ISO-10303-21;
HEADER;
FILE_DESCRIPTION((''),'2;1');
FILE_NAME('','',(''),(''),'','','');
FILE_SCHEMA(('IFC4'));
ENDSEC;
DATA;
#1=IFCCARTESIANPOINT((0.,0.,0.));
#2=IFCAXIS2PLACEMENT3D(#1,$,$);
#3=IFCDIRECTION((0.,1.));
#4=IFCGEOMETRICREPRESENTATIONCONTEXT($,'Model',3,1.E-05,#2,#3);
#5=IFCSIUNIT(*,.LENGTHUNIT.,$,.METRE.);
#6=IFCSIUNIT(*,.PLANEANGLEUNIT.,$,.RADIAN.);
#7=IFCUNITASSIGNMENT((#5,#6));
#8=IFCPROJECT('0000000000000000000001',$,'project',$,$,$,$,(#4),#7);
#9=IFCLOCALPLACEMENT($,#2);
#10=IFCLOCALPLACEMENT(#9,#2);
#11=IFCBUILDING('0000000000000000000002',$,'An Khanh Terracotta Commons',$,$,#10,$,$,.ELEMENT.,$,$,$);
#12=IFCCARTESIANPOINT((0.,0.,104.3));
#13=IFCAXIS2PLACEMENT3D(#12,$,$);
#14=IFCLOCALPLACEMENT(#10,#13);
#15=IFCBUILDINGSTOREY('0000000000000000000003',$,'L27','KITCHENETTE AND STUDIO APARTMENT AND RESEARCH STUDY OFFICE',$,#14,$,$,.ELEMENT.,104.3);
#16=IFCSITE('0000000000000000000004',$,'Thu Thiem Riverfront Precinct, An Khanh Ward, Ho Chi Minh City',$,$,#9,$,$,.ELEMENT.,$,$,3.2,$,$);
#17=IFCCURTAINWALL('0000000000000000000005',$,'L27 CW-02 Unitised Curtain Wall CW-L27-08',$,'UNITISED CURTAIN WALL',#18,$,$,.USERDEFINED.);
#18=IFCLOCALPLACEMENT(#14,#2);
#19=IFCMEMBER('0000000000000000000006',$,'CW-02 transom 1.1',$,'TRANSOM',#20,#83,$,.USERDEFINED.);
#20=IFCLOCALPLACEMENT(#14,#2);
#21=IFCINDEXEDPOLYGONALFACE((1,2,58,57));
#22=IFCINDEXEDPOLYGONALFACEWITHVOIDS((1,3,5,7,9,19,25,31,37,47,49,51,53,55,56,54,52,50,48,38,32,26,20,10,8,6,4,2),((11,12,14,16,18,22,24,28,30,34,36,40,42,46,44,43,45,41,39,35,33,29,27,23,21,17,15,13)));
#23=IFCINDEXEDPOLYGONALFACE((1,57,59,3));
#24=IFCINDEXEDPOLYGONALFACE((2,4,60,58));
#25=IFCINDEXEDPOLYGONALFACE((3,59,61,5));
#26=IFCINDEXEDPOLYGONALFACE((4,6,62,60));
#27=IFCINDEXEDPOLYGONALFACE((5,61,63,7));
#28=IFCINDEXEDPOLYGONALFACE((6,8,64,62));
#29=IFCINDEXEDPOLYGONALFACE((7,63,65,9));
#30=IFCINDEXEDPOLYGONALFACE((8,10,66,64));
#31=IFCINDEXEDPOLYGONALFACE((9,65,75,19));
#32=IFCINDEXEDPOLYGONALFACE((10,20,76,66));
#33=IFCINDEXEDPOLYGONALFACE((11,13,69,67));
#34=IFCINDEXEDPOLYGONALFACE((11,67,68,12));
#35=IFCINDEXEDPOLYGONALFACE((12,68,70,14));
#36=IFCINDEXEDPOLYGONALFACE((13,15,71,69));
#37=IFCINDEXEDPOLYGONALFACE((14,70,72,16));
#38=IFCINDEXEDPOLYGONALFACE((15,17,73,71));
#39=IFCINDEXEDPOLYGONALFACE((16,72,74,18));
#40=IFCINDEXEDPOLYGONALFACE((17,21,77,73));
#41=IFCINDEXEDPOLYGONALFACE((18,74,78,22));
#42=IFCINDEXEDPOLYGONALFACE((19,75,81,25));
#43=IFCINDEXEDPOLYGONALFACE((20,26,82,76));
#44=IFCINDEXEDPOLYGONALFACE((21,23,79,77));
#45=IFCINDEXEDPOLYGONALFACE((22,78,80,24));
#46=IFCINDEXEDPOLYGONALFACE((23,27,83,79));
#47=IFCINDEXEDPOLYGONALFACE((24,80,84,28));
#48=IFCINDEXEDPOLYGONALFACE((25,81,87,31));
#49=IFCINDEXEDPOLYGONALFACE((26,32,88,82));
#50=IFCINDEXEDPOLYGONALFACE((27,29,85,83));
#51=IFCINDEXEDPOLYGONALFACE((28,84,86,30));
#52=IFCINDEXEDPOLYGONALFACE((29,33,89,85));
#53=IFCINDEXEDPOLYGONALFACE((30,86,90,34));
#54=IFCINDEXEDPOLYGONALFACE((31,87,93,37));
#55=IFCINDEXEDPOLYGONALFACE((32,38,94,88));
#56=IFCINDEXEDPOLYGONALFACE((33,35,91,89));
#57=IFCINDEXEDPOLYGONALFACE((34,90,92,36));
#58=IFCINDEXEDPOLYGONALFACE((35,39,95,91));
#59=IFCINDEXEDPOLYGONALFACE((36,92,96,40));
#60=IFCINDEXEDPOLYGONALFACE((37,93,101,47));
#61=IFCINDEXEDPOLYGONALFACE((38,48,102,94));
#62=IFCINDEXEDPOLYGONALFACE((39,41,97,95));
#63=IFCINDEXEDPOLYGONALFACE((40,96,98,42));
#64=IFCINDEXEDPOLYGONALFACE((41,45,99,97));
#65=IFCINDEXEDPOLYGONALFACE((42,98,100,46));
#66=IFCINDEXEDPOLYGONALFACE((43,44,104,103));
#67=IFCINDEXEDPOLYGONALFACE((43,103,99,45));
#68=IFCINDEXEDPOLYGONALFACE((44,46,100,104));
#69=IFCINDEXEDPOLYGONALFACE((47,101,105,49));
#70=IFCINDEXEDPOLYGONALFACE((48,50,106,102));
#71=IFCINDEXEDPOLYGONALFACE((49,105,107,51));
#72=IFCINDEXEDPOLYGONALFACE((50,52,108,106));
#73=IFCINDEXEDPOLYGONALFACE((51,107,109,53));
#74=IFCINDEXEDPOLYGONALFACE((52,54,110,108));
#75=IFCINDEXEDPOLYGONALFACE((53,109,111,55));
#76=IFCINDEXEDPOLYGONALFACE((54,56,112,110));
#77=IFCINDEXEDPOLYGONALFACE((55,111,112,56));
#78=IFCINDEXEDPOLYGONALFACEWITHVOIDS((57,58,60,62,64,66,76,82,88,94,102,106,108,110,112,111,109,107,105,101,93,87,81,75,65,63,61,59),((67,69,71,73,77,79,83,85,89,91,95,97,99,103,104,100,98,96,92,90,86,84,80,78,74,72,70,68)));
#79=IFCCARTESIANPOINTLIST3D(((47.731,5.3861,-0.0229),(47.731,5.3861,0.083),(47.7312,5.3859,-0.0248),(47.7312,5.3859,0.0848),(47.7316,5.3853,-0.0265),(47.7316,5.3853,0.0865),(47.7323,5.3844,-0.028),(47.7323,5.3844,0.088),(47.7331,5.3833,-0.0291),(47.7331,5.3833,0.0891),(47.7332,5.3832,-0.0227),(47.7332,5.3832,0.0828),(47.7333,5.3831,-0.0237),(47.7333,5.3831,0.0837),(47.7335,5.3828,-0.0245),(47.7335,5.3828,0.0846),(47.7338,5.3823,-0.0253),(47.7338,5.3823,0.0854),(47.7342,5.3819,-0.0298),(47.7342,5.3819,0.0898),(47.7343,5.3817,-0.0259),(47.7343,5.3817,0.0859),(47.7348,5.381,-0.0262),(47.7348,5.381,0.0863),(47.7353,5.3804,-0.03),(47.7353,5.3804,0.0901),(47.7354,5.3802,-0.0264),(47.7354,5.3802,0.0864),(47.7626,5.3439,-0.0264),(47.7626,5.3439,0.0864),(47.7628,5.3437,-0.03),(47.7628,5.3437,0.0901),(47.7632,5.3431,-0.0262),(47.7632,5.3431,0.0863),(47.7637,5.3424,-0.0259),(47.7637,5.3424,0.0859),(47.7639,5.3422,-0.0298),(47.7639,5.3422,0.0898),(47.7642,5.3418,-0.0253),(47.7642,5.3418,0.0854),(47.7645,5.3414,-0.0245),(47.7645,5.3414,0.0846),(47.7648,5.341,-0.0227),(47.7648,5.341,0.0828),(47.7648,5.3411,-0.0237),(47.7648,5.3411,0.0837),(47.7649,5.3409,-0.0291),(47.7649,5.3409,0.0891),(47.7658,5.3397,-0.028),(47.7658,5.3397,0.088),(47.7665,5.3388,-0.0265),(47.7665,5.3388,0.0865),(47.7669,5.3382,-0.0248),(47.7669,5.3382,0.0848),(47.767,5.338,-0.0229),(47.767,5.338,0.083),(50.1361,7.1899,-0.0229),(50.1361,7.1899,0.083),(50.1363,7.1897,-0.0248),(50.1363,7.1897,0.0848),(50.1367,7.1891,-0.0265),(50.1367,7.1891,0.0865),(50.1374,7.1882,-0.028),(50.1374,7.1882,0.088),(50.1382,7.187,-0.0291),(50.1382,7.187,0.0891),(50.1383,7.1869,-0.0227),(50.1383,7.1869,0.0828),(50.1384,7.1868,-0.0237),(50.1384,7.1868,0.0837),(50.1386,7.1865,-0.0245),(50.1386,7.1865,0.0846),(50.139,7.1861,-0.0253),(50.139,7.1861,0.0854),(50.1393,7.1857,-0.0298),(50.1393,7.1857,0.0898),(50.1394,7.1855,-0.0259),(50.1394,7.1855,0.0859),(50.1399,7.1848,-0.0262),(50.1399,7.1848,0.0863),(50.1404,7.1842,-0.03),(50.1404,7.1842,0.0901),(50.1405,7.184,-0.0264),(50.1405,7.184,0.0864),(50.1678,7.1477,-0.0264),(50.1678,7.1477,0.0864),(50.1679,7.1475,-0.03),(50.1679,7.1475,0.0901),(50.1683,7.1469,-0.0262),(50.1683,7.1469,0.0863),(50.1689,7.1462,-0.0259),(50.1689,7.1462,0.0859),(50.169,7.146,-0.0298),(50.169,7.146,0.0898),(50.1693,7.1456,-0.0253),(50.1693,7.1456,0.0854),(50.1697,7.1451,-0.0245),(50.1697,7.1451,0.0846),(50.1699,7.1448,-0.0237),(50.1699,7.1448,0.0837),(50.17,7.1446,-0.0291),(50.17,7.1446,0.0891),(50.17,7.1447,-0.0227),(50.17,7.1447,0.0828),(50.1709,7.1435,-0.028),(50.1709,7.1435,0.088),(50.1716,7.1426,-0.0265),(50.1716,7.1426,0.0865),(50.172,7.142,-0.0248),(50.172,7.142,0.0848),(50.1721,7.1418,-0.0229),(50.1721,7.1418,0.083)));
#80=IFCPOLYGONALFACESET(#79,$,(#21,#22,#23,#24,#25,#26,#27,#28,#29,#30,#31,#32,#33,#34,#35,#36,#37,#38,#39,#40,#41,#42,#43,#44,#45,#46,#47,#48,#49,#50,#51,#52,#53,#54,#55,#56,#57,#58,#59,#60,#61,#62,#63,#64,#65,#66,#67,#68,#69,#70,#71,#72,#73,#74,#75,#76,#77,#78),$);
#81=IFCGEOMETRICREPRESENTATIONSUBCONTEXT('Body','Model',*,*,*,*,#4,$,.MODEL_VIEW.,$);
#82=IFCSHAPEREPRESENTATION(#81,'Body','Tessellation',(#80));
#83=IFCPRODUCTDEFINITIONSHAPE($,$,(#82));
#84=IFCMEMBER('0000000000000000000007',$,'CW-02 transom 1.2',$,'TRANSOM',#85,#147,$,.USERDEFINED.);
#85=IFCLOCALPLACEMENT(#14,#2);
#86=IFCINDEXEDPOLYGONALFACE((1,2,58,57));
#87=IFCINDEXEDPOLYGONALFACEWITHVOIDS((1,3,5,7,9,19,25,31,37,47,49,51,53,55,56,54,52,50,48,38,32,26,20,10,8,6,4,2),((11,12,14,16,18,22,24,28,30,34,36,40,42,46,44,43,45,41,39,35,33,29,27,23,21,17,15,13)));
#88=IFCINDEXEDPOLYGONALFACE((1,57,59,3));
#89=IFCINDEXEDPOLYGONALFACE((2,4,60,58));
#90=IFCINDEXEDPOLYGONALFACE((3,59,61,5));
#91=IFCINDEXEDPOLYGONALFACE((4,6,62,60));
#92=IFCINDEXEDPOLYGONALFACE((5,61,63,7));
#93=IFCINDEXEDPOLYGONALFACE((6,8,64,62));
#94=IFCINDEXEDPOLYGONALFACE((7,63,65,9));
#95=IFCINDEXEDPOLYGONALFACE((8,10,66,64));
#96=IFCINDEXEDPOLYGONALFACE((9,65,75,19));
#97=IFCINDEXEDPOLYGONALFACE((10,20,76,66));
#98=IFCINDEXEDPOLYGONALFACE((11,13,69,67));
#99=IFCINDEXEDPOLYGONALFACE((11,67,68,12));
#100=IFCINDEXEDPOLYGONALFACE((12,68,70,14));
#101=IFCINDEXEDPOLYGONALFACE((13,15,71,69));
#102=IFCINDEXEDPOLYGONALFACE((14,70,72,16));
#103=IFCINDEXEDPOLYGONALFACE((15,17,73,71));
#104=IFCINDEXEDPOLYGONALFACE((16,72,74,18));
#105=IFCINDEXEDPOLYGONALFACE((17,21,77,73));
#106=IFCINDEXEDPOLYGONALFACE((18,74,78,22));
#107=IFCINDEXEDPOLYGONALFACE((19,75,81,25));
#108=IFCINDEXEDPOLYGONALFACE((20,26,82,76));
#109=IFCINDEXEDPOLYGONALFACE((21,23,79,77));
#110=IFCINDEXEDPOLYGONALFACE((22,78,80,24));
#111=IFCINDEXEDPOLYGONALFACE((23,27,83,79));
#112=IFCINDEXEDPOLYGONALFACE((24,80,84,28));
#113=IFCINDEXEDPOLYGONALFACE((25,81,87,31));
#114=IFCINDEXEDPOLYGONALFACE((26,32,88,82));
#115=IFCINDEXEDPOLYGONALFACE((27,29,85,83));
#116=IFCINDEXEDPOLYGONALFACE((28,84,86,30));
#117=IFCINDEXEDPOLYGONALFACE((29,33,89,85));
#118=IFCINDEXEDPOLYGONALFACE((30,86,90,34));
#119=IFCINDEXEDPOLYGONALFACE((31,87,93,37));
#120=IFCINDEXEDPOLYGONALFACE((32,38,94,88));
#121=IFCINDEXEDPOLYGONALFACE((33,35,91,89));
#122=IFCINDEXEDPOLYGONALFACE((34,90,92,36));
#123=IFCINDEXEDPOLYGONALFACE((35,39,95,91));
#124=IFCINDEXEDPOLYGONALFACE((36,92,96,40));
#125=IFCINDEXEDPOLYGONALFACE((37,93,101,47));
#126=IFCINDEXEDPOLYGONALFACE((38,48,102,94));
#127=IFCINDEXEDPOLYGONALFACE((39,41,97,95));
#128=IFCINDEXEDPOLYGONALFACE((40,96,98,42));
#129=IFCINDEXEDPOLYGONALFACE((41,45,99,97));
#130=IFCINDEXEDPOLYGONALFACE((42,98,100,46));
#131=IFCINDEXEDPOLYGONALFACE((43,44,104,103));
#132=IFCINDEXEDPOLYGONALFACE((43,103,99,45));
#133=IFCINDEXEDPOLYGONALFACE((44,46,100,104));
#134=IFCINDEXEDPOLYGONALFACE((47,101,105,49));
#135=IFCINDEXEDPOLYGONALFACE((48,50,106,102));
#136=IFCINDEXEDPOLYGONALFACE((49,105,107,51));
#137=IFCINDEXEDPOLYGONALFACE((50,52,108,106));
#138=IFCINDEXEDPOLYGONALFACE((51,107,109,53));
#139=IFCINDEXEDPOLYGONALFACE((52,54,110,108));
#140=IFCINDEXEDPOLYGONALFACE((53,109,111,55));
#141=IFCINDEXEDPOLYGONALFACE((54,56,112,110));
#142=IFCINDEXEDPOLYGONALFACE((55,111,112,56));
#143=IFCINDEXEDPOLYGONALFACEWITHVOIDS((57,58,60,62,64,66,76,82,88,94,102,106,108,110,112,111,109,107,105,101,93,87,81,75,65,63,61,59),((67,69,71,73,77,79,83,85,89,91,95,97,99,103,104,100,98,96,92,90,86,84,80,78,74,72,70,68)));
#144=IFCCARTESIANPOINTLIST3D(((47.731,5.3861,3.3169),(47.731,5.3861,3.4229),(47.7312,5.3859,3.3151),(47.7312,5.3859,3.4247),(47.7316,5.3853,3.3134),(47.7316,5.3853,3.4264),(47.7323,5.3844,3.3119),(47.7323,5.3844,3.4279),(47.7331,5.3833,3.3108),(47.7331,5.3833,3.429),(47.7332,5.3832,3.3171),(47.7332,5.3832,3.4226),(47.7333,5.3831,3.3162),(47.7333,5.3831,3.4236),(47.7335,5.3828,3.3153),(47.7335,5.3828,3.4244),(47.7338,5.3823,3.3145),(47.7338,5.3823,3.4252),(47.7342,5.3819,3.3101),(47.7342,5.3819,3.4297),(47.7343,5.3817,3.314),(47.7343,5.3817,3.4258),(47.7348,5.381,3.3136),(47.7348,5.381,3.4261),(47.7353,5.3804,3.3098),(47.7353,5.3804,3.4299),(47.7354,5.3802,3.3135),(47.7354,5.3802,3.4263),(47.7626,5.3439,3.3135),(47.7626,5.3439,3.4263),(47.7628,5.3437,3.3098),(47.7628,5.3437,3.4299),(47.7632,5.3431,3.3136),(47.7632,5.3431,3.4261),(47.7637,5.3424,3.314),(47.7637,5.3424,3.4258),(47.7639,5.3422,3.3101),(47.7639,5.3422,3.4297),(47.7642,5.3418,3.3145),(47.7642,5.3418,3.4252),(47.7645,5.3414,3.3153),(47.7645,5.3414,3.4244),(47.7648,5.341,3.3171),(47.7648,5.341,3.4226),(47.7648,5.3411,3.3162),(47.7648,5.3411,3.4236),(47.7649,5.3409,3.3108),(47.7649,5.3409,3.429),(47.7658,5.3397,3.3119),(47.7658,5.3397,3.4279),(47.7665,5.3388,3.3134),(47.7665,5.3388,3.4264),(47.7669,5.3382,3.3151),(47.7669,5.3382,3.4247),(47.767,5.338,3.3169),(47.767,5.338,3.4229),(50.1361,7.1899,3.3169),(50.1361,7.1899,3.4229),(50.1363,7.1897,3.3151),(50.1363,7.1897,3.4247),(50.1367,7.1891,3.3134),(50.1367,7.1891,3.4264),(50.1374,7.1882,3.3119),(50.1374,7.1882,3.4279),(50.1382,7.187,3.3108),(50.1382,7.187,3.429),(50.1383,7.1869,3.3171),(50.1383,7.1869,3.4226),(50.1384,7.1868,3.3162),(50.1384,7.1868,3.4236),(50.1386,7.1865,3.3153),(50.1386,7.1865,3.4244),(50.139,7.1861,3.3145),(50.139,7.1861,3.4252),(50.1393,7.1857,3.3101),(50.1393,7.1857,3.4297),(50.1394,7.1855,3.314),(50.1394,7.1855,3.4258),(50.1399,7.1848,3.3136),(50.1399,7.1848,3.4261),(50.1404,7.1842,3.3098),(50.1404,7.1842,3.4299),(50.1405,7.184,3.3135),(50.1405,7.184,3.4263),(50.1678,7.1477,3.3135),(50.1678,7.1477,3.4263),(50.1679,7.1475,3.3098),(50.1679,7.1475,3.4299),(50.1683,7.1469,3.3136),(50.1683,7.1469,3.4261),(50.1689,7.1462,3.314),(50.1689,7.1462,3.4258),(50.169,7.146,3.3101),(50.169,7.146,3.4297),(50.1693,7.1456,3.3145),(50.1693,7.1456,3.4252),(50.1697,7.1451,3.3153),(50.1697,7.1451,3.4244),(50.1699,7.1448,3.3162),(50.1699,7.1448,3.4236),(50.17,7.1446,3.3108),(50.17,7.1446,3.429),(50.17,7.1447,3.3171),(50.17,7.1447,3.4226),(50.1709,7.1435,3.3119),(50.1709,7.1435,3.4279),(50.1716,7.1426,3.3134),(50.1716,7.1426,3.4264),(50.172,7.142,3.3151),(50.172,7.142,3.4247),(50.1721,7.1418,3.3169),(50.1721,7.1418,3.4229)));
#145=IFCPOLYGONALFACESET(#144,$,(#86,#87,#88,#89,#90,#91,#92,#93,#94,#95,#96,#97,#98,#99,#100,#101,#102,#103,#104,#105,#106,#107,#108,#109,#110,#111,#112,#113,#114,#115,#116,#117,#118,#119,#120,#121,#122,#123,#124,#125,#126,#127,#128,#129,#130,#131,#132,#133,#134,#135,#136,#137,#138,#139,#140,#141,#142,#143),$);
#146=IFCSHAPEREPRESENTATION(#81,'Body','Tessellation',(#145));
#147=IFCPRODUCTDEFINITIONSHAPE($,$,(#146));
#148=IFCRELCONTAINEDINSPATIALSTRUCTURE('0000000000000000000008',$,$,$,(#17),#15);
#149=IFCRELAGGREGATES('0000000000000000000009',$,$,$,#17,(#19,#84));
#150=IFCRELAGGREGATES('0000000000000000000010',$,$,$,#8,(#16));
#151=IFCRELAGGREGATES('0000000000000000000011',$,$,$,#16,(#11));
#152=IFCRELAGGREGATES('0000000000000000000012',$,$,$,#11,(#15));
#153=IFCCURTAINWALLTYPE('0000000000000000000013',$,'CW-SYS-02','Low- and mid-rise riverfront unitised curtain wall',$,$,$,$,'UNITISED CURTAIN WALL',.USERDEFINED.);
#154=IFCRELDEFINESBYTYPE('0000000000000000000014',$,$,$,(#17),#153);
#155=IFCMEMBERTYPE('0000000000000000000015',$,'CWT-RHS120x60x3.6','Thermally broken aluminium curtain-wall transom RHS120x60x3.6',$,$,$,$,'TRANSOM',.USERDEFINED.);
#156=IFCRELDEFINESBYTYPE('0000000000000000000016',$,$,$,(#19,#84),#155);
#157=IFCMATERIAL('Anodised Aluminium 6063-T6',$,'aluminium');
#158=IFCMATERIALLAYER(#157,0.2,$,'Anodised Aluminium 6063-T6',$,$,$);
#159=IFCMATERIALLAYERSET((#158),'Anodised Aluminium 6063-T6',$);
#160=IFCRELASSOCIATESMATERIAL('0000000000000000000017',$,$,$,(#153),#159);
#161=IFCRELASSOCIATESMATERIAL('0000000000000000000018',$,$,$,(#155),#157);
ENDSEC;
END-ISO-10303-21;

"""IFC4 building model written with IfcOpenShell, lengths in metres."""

from ifc_helpers import new_model, si_unit, direction, frame, origin, origin_2d, place, context, subcontext, project, spatial, hollow_rectangle, extrude, material, layer, layer_set, material_profile, profile_set, type_object, element, aggregate, save


model = new_model("IFC4")

# Units and contexts
model_context = context("Model", 3, precision=1e-05, world=origin(), true_north=direction((0.0, 1.0)))
body_context = subcontext(model_context, "Body", "Model", "MODEL_VIEW")
ifc_project = project(units=[si_unit("LENGTHUNIT", "METRE"), si_unit("PLANEANGLEUNIT", "RADIAN")], contexts=[model_context])

# Site, building, storey
site_placement = place(None, origin())
site = spatial("IfcSite", under=ifc_project, at=site_placement, Name="Thu Thiem Riverfront Precinct, An Khanh Ward, Ho Chi Minh City", CompositionType="ELEMENT", RefElevation=3.2)
building_placement = place(site_placement, origin())
building = spatial("IfcBuilding", under=site, at=building_placement, Name="An Khanh Terracotta Commons", CompositionType="ELEMENT")
storey_placement = place(building_placement, frame((0.0, 0.0, 104.3)))
storey = spatial("IfcBuildingStorey", under=building, at=storey_placement, Name="L27", Description="KITCHENETTE AND STUDIO APARTMENT AND RESEARCH STUDY OFFICE", CompositionType="ELEMENT", Elevation=104.3)

# Curtain wall, members
ifc_material_1 = material(Name="Anodised Aluminium 6063-T6", Category="aluminium")
ifc_layer_1 = layer(ifc_material_1, 0.2, Name="Anodised Aluminium 6063-T6")
ifc_layer_set_1 = layer_set([ifc_layer_1], Name="Anodised Aluminium 6063-T6")
curtain_wall_type = type_object("IfcCurtainWallType", Name="CW-SYS-02", Description="Low- and mid-rise riverfront unitised curtain wall", ElementType="UNITISED CURTAIN WALL", PredefinedType="USERDEFINED", material=ifc_layer_set_1)
curtain_wall_placement = place(storey_placement, origin())
curtain_wall = element("IfcCurtainWall", 1, at=curtain_wall_placement, inside=storey, type_object=curtain_wall_type, Name="L27 CW-02 Unitised Curtain Wall CW-L27-08", ObjectType="UNITISED CURTAIN WALL", PredefinedType="USERDEFINED")
ifc_material_profile_1 = material_profile(ifc_material_1, hollow_rectangle(XDim=0.0601, YDim=0.1201, WallThickness=0.0037, InnerFilletRadius=0.0037, OuterFilletRadius=0.0071, at=origin_2d()), Name="RHS120x60x3.6")
ifc_profile_set_1 = profile_set([ifc_material_profile_1], Name="Anodised Aluminium 6063-T6")
member_type_1 = type_object("IfcMemberType", Name="CWT-RHS120x60x3.6", Description="Thermally broken aluminium curtain-wall transom RHS120x60x3.6", ElementType="TRANSOM", PredefinedType="USERDEFINED", material=ifc_profile_set_1)
member_1_placement = place(storey_placement, frame((47.749, 5.3621, 0.03), z_axis=(0.80001, 0.599987, 0.0), x_axis=(-0.599987, 0.80001, 0.0)))
member_1 = element("IfcMember", 2, at=member_1_placement, type_object=member_type_1, Name="CW-02 transom 1.1", ObjectType="TRANSOM", PredefinedType="USERDEFINED", context=body_context, shape_type="SweptSolid", body=[
    extrude(hollow_rectangle(XDim=0.0601, YDim=0.1201, WallThickness=0.0037, InnerFilletRadius=0.0037, OuterFilletRadius=0.0071, at=origin_2d()), origin(), (0.0, 0.0, 1.0), 3.0063),
])
member_2_placement = place(storey_placement, frame((47.749, 5.3621, 3.3699), z_axis=(0.80001, 0.599987, 0.0), x_axis=(-0.599987, 0.80001, 0.0)))
member_2 = element("IfcMember", 3, at=member_2_placement, type_object=member_type_1, Name="CW-02 transom 1.2", ObjectType="TRANSOM", PredefinedType="USERDEFINED", context=body_context, shape_type="SweptSolid", body=[
    extrude(hollow_rectangle(XDim=0.0601, YDim=0.1201, WallThickness=0.0037, InnerFilletRadius=0.0037, OuterFilletRadius=0.0071, at=origin_2d()), origin(), (0.0, 0.0, 1.0), 3.0063),
])
aggregate(curtain_wall, [member_1, member_2])

save(model, "model.ifc")
